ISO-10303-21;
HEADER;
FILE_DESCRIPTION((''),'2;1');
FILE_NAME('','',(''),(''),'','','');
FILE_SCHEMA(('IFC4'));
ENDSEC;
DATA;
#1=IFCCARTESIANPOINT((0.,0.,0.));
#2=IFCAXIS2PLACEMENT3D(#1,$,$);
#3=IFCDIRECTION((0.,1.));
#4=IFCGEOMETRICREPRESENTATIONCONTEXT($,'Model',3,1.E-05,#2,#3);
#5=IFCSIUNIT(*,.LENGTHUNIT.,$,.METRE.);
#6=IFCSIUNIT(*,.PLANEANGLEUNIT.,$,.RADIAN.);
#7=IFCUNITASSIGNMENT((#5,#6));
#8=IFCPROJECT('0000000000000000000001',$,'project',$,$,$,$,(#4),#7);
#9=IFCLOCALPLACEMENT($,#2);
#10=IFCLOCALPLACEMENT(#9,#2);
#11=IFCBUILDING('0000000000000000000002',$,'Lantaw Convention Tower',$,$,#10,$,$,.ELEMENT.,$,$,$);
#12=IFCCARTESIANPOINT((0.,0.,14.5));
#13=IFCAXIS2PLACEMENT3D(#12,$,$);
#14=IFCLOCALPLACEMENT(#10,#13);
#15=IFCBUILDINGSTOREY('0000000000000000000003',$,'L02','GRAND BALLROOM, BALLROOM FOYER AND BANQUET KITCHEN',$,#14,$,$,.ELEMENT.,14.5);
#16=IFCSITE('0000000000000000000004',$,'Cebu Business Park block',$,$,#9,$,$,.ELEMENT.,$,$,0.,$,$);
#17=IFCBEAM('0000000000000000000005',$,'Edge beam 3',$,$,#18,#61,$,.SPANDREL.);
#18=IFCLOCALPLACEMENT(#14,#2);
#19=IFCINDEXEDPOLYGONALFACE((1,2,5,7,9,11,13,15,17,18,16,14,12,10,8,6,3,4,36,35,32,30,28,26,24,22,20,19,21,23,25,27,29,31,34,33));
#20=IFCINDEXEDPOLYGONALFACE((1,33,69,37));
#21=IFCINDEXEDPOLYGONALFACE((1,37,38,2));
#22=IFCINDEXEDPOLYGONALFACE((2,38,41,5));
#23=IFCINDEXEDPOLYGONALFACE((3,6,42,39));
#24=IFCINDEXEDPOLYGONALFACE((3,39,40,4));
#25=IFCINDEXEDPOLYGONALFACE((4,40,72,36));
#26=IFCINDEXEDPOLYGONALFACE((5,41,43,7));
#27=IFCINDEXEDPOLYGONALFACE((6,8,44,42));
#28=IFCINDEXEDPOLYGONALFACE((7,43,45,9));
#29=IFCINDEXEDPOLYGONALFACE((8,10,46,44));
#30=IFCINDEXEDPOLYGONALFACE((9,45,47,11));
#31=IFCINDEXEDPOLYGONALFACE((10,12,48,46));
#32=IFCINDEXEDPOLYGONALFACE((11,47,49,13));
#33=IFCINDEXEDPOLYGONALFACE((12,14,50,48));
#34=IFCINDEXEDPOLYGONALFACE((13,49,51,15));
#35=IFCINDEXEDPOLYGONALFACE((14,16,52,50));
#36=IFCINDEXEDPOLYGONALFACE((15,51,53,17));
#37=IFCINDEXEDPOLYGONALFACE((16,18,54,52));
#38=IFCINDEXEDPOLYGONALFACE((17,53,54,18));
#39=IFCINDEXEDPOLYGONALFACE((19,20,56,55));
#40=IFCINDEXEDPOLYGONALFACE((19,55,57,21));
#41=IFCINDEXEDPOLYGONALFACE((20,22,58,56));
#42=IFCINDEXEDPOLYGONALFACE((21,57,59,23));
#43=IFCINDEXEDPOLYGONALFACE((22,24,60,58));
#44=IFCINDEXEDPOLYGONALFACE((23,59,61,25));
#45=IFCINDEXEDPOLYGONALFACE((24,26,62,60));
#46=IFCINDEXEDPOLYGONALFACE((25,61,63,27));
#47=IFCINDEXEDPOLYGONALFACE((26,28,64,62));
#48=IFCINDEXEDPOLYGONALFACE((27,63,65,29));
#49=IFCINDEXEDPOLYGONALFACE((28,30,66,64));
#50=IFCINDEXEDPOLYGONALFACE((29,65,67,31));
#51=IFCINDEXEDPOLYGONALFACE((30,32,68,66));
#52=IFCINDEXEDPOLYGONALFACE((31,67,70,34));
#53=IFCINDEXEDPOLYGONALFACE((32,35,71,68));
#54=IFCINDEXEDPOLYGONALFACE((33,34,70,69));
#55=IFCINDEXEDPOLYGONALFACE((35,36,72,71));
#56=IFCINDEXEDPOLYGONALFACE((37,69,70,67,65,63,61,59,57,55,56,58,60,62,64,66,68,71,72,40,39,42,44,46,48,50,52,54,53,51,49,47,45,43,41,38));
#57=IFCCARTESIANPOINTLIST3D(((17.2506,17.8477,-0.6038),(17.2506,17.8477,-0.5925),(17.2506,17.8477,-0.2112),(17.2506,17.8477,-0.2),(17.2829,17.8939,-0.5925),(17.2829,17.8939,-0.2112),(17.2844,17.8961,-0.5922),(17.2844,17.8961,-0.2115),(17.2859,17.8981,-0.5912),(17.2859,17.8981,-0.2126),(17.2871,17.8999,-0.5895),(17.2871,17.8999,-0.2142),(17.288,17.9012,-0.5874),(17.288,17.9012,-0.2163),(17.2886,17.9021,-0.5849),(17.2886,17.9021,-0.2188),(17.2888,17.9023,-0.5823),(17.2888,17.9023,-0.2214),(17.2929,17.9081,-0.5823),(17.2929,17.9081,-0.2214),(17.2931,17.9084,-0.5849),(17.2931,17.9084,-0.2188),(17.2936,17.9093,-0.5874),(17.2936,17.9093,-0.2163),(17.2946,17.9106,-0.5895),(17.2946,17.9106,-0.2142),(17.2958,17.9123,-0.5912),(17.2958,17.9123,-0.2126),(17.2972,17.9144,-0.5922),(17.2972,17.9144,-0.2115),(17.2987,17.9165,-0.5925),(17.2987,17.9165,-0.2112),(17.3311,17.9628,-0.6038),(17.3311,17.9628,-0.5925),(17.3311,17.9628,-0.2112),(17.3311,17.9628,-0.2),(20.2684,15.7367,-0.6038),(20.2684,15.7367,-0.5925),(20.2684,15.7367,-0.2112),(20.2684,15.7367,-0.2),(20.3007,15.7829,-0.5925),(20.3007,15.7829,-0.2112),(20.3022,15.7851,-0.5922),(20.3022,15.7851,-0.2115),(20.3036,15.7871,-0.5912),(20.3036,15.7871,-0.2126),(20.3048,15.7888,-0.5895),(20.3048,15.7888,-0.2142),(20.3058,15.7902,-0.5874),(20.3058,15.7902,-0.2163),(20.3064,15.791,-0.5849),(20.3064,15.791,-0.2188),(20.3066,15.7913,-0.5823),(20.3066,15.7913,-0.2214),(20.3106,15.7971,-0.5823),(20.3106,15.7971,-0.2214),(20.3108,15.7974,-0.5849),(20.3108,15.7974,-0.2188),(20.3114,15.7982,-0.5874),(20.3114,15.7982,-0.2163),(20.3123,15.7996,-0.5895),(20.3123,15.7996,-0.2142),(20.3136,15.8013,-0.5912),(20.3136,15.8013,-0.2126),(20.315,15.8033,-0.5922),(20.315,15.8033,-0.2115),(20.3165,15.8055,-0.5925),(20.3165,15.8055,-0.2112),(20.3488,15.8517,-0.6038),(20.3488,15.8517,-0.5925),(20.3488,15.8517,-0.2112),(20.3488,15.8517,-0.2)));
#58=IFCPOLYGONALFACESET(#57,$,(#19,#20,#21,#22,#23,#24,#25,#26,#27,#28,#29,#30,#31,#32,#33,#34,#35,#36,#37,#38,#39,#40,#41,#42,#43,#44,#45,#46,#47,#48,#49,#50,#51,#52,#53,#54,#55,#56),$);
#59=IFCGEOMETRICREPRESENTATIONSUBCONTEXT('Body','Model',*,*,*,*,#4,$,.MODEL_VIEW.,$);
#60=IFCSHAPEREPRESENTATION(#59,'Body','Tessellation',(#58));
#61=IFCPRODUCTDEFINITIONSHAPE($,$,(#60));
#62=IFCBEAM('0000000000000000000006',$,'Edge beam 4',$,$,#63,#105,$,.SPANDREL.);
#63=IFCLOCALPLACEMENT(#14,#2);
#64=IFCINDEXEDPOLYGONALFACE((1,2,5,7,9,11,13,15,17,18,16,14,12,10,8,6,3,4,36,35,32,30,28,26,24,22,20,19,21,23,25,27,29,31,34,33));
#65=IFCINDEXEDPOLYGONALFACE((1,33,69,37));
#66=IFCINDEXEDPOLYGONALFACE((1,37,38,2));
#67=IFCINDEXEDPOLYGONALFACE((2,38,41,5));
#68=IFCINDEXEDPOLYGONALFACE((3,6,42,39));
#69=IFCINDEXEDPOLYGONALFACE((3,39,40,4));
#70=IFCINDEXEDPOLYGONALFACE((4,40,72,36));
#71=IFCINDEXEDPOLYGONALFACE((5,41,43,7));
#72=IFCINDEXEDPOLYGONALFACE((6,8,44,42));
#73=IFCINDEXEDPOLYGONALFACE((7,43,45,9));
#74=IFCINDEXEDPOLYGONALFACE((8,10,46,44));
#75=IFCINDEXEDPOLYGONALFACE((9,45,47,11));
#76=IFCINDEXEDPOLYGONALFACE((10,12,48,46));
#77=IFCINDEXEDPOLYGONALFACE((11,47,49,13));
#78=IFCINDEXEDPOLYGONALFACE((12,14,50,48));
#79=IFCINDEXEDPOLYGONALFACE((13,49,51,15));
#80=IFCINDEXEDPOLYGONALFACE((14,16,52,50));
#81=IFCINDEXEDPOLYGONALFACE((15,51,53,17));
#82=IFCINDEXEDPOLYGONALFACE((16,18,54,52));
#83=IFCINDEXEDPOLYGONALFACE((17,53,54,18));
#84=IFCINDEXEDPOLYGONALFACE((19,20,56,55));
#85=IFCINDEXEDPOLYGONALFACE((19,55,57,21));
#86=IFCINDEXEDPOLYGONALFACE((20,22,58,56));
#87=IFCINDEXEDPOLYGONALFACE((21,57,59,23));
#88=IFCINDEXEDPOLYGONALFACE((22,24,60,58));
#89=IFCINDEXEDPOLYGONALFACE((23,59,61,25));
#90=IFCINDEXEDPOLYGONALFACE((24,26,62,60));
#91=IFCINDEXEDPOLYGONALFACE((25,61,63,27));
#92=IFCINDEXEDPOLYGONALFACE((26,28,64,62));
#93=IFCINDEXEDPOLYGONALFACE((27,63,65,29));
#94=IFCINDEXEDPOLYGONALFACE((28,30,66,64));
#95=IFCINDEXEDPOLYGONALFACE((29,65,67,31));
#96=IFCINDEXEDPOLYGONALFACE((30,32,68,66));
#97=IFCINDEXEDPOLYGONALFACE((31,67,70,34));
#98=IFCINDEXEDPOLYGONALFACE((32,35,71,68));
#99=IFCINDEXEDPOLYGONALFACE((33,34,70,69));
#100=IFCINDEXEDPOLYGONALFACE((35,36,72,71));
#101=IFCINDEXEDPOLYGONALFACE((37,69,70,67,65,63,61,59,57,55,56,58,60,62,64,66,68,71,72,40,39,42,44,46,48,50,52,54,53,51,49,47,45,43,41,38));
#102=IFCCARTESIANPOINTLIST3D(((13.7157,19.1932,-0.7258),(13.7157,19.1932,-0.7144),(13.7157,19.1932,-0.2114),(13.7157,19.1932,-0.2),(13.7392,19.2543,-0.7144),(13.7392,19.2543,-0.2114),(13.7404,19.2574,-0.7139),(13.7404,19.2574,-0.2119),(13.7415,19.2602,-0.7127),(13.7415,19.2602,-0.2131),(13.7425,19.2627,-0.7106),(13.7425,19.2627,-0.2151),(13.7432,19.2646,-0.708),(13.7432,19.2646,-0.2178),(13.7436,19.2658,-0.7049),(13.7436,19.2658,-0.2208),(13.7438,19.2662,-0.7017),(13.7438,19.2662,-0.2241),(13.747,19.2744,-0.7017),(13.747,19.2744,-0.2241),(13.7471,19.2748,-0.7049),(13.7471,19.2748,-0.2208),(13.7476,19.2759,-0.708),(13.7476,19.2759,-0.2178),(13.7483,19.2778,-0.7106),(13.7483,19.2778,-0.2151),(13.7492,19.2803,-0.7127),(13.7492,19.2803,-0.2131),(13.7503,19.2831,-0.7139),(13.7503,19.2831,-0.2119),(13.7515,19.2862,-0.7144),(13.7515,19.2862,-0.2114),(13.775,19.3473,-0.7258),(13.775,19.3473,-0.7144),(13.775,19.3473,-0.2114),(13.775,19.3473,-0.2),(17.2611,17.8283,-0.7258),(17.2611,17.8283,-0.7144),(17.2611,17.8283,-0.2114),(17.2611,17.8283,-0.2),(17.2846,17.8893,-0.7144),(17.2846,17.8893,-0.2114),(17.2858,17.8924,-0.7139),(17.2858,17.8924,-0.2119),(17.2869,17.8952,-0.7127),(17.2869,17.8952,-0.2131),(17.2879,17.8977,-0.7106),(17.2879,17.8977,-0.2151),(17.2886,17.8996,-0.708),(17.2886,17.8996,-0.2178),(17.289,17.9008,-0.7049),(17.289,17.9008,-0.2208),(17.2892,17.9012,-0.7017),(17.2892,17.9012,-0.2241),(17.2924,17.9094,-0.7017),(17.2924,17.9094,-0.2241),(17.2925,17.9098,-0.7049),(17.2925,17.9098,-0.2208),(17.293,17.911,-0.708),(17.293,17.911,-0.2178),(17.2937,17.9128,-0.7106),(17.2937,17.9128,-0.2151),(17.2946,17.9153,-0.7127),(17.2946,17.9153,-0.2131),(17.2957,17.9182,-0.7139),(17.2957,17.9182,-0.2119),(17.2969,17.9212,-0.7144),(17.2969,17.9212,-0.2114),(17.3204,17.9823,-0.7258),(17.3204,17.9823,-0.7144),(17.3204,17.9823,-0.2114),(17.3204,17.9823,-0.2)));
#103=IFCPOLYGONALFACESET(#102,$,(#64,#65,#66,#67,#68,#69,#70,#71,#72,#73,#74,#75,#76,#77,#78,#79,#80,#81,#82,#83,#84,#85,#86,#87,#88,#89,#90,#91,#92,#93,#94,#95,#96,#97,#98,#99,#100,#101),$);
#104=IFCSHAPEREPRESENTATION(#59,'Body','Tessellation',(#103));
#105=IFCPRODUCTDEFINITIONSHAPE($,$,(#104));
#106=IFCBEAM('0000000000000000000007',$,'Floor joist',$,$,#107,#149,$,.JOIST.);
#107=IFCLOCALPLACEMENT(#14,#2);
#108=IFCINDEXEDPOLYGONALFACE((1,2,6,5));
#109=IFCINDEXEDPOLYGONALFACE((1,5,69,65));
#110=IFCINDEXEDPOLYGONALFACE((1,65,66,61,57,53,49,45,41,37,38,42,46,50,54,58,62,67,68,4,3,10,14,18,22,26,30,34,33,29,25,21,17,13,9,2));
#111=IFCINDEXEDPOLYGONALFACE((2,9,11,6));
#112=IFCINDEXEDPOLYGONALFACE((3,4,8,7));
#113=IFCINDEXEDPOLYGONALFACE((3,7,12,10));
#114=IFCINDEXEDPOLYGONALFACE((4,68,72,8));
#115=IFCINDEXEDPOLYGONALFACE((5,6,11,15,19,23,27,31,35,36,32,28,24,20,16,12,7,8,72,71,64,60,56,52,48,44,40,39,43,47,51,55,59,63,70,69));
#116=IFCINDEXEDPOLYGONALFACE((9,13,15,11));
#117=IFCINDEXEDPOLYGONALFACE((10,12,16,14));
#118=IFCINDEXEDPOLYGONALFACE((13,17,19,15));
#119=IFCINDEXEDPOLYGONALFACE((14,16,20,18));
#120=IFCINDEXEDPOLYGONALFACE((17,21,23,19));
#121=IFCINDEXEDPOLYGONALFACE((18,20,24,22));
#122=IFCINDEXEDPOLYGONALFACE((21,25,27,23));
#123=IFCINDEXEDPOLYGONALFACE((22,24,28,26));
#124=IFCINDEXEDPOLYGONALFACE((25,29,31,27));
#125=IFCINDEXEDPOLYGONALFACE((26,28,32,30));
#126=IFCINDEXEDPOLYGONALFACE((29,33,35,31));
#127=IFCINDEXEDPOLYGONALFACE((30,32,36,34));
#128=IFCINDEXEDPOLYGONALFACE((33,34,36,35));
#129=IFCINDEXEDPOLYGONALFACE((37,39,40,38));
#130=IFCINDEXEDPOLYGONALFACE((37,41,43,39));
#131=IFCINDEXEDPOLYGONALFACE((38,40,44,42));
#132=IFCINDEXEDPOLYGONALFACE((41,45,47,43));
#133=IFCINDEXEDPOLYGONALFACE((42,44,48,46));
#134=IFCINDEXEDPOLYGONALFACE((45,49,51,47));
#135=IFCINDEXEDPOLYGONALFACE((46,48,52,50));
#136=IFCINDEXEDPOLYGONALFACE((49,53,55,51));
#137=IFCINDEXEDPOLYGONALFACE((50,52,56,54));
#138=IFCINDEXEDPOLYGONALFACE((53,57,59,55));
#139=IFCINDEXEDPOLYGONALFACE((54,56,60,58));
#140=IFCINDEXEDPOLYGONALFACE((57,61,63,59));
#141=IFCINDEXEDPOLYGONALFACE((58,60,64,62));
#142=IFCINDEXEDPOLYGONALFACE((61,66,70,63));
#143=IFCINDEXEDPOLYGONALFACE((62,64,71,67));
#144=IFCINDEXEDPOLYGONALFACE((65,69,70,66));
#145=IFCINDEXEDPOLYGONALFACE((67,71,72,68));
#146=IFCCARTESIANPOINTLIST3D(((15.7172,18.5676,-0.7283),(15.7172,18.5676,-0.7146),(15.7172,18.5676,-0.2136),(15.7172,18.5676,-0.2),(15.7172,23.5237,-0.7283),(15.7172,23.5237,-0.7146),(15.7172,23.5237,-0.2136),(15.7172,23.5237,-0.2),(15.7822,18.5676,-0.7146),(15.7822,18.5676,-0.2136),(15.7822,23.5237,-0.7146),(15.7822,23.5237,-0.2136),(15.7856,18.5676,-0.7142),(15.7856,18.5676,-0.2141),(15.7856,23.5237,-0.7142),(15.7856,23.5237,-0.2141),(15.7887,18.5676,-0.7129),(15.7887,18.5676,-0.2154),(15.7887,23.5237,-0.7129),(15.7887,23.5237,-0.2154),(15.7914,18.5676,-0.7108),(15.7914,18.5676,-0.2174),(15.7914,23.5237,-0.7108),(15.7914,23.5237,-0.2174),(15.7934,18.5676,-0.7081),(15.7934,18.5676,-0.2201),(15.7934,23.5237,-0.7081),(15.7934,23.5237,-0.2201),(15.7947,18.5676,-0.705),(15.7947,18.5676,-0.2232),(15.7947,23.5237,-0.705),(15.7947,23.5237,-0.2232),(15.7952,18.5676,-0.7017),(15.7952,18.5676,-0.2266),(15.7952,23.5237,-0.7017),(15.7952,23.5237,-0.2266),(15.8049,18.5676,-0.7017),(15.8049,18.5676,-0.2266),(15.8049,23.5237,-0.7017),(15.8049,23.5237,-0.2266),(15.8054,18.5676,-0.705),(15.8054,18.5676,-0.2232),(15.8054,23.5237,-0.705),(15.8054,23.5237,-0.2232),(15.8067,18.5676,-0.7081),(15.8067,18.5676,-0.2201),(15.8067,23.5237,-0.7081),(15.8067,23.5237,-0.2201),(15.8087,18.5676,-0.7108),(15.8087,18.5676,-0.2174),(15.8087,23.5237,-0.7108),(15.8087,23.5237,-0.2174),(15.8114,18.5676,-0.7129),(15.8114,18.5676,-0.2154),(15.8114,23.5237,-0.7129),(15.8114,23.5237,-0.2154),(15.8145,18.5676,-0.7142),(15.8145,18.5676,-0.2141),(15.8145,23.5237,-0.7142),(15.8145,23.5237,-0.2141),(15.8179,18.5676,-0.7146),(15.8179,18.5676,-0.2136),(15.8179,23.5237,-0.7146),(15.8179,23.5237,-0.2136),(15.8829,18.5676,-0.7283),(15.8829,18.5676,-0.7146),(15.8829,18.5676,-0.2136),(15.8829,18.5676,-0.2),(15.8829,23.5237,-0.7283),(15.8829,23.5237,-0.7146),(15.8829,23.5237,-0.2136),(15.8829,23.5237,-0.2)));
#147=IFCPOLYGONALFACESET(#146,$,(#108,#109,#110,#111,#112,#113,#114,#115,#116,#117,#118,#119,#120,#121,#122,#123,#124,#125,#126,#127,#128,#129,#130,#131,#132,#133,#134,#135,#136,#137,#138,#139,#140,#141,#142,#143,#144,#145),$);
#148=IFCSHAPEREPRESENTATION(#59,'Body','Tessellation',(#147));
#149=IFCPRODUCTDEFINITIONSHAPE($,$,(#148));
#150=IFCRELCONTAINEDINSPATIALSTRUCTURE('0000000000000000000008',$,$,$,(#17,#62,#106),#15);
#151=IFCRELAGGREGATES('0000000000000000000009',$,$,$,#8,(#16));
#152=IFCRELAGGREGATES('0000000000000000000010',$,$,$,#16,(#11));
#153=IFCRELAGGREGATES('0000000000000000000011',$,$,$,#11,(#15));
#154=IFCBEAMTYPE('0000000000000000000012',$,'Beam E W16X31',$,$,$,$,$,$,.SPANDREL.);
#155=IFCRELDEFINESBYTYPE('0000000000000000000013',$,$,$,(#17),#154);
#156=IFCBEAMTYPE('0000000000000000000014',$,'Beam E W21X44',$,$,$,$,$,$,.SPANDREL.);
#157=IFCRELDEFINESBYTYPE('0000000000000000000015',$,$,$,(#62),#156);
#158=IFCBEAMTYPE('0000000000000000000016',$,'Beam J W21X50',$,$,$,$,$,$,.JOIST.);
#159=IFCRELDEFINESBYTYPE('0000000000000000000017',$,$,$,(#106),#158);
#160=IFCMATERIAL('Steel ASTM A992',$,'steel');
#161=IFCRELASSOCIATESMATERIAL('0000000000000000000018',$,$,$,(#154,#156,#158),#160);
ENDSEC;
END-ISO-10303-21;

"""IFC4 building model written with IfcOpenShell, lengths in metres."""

from ifc_helpers import new_model, si_unit, direction, frame, origin, origin_2d, place, context, subcontext, project, spatial, i_section, extrude, material, material_profile, profile_set, type_object, element, save


model = new_model("IFC4")

# Units and contexts
model_context = context("Model", 3, precision=1e-05, world=origin(), true_north=direction((0.0, 1.0)))
body_context = subcontext(model_context, "Body", "Model", "MODEL_VIEW")
ifc_project = project(units=[si_unit("LENGTHUNIT", "METRE"), si_unit("PLANEANGLEUNIT", "RADIAN")], contexts=[model_context])

# Site, building, storey
site_placement = place(None, origin())
site = spatial("IfcSite", under=ifc_project, at=site_placement, Name="Cebu Business Park block", CompositionType="ELEMENT", RefElevation=0.0)
building_placement = place(site_placement, origin())
building = spatial("IfcBuilding", under=site, at=building_placement, Name="Lantaw Convention Tower", CompositionType="ELEMENT")
storey_placement = place(building_placement, frame((0.0, 0.0, 14.5)))
storey = spatial("IfcBuildingStorey", under=building, at=storey_placement, Name="L02", Description="GRAND BALLROOM, BALLROOM FOYER AND BANQUET KITCHEN", CompositionType="ELEMENT", Elevation=14.5)

# Beams
ifc_material_1 = material(Name="Steel ASTM A992", Category="steel")
ifc_material_profile_1 = material_profile(ifc_material_1, i_section(OverallWidth=0.1404, OverallDepth=0.4038, WebThickness=0.0071, FlangeThickness=0.0112, FilletRadius=0.0103, at=origin_2d()), Name="W16X31")
ifc_profile_set_1 = profile_set([ifc_material_profile_1], Name="Steel ASTM A992")
beam_type_1 = type_object("IfcBeamType", Name="Beam E W16X31", PredefinedType="SPANDREL", material=ifc_profile_set_1)
beam_1_placement = place(storey_placement, frame((20.3086, 15.7942, -0.4019), z_axis=(-0.819409, 0.573209, 0.0), x_axis=(-0.573209, -0.819409, 0.0)))
element("IfcBeam", 1, at=beam_1_placement, inside=storey, type_object=beam_type_1, Name="Edge beam 3", PredefinedType="SPANDREL", context=body_context, shape_type="SweptSolid", body=[
    extrude(i_section(OverallWidth=0.1404, OverallDepth=0.4038, WebThickness=0.0071, FlangeThickness=0.0112, FilletRadius=0.0103, at=origin_2d()), origin(), (0.0, 0.0, 1.0), 3.6829),
])
ifc_material_profile_2 = material_profile(ifc_material_1, i_section(OverallWidth=0.165, OverallDepth=0.5259, WebThickness=0.0088, FlangeThickness=0.0115, FilletRadius=0.0127, at=origin_2d()), Name="W21X44")
ifc_profile_set_2 = profile_set([ifc_material_profile_2], Name="Steel ASTM A992")
beam_type_2 = type_object("IfcBeamType", Name="Beam E W21X44", PredefinedType="SPANDREL", material=ifc_profile_set_2)
beam_2_placement = place(storey_placement, frame((17.2908, 17.9053, -0.4629), z_axis=(-0.933225, 0.359293, 0.0), x_axis=(-0.359293, -0.933225, 0.0)))
element("IfcBeam", 2, at=beam_2_placement, inside=storey, type_object=beam_type_2, Name="Edge beam 4", PredefinedType="SPANDREL", context=body_context, shape_type="SweptSolid", body=[
    extrude(i_section(OverallWidth=0.165, OverallDepth=0.5259, WebThickness=0.0088, FlangeThickness=0.0115, FilletRadius=0.0127, at=origin_2d()), origin(), (0.0, 0.0, 1.0), 3.7991),
])
ifc_material_profile_3 = material_profile(ifc_material_1, i_section(OverallWidth=0.1658, OverallDepth=0.5283, WebThickness=0.0098, FlangeThickness=0.0137, FilletRadius=0.0129, at=origin_2d()), Name="W21X50")
ifc_profile_set_3 = profile_set([ifc_material_profile_3], Name="Steel ASTM A992")
beam_type_3 = type_object("IfcBeamType", Name="Beam J W21X50", PredefinedType="JOIST", material=ifc_profile_set_3)
beam_3_placement = place(storey_placement, frame((15.8, 18.5676, -0.4641), z_axis=(0.0, 1.0, 0.0), x_axis=(-1.0, 0.0, 0.0)))
element("IfcBeam", 3, at=beam_3_placement, inside=storey, type_object=beam_type_3, Name="Floor joist", PredefinedType="JOIST", context=body_context, shape_type="SweptSolid", body=[
    extrude(i_section(OverallWidth=0.1658, OverallDepth=0.5283, WebThickness=0.0098, FlangeThickness=0.0137, FilletRadius=0.0129, at=origin_2d()), origin(), (0.0, 0.0, 1.0), 4.9561),
])

save(model, "model.ifc")
